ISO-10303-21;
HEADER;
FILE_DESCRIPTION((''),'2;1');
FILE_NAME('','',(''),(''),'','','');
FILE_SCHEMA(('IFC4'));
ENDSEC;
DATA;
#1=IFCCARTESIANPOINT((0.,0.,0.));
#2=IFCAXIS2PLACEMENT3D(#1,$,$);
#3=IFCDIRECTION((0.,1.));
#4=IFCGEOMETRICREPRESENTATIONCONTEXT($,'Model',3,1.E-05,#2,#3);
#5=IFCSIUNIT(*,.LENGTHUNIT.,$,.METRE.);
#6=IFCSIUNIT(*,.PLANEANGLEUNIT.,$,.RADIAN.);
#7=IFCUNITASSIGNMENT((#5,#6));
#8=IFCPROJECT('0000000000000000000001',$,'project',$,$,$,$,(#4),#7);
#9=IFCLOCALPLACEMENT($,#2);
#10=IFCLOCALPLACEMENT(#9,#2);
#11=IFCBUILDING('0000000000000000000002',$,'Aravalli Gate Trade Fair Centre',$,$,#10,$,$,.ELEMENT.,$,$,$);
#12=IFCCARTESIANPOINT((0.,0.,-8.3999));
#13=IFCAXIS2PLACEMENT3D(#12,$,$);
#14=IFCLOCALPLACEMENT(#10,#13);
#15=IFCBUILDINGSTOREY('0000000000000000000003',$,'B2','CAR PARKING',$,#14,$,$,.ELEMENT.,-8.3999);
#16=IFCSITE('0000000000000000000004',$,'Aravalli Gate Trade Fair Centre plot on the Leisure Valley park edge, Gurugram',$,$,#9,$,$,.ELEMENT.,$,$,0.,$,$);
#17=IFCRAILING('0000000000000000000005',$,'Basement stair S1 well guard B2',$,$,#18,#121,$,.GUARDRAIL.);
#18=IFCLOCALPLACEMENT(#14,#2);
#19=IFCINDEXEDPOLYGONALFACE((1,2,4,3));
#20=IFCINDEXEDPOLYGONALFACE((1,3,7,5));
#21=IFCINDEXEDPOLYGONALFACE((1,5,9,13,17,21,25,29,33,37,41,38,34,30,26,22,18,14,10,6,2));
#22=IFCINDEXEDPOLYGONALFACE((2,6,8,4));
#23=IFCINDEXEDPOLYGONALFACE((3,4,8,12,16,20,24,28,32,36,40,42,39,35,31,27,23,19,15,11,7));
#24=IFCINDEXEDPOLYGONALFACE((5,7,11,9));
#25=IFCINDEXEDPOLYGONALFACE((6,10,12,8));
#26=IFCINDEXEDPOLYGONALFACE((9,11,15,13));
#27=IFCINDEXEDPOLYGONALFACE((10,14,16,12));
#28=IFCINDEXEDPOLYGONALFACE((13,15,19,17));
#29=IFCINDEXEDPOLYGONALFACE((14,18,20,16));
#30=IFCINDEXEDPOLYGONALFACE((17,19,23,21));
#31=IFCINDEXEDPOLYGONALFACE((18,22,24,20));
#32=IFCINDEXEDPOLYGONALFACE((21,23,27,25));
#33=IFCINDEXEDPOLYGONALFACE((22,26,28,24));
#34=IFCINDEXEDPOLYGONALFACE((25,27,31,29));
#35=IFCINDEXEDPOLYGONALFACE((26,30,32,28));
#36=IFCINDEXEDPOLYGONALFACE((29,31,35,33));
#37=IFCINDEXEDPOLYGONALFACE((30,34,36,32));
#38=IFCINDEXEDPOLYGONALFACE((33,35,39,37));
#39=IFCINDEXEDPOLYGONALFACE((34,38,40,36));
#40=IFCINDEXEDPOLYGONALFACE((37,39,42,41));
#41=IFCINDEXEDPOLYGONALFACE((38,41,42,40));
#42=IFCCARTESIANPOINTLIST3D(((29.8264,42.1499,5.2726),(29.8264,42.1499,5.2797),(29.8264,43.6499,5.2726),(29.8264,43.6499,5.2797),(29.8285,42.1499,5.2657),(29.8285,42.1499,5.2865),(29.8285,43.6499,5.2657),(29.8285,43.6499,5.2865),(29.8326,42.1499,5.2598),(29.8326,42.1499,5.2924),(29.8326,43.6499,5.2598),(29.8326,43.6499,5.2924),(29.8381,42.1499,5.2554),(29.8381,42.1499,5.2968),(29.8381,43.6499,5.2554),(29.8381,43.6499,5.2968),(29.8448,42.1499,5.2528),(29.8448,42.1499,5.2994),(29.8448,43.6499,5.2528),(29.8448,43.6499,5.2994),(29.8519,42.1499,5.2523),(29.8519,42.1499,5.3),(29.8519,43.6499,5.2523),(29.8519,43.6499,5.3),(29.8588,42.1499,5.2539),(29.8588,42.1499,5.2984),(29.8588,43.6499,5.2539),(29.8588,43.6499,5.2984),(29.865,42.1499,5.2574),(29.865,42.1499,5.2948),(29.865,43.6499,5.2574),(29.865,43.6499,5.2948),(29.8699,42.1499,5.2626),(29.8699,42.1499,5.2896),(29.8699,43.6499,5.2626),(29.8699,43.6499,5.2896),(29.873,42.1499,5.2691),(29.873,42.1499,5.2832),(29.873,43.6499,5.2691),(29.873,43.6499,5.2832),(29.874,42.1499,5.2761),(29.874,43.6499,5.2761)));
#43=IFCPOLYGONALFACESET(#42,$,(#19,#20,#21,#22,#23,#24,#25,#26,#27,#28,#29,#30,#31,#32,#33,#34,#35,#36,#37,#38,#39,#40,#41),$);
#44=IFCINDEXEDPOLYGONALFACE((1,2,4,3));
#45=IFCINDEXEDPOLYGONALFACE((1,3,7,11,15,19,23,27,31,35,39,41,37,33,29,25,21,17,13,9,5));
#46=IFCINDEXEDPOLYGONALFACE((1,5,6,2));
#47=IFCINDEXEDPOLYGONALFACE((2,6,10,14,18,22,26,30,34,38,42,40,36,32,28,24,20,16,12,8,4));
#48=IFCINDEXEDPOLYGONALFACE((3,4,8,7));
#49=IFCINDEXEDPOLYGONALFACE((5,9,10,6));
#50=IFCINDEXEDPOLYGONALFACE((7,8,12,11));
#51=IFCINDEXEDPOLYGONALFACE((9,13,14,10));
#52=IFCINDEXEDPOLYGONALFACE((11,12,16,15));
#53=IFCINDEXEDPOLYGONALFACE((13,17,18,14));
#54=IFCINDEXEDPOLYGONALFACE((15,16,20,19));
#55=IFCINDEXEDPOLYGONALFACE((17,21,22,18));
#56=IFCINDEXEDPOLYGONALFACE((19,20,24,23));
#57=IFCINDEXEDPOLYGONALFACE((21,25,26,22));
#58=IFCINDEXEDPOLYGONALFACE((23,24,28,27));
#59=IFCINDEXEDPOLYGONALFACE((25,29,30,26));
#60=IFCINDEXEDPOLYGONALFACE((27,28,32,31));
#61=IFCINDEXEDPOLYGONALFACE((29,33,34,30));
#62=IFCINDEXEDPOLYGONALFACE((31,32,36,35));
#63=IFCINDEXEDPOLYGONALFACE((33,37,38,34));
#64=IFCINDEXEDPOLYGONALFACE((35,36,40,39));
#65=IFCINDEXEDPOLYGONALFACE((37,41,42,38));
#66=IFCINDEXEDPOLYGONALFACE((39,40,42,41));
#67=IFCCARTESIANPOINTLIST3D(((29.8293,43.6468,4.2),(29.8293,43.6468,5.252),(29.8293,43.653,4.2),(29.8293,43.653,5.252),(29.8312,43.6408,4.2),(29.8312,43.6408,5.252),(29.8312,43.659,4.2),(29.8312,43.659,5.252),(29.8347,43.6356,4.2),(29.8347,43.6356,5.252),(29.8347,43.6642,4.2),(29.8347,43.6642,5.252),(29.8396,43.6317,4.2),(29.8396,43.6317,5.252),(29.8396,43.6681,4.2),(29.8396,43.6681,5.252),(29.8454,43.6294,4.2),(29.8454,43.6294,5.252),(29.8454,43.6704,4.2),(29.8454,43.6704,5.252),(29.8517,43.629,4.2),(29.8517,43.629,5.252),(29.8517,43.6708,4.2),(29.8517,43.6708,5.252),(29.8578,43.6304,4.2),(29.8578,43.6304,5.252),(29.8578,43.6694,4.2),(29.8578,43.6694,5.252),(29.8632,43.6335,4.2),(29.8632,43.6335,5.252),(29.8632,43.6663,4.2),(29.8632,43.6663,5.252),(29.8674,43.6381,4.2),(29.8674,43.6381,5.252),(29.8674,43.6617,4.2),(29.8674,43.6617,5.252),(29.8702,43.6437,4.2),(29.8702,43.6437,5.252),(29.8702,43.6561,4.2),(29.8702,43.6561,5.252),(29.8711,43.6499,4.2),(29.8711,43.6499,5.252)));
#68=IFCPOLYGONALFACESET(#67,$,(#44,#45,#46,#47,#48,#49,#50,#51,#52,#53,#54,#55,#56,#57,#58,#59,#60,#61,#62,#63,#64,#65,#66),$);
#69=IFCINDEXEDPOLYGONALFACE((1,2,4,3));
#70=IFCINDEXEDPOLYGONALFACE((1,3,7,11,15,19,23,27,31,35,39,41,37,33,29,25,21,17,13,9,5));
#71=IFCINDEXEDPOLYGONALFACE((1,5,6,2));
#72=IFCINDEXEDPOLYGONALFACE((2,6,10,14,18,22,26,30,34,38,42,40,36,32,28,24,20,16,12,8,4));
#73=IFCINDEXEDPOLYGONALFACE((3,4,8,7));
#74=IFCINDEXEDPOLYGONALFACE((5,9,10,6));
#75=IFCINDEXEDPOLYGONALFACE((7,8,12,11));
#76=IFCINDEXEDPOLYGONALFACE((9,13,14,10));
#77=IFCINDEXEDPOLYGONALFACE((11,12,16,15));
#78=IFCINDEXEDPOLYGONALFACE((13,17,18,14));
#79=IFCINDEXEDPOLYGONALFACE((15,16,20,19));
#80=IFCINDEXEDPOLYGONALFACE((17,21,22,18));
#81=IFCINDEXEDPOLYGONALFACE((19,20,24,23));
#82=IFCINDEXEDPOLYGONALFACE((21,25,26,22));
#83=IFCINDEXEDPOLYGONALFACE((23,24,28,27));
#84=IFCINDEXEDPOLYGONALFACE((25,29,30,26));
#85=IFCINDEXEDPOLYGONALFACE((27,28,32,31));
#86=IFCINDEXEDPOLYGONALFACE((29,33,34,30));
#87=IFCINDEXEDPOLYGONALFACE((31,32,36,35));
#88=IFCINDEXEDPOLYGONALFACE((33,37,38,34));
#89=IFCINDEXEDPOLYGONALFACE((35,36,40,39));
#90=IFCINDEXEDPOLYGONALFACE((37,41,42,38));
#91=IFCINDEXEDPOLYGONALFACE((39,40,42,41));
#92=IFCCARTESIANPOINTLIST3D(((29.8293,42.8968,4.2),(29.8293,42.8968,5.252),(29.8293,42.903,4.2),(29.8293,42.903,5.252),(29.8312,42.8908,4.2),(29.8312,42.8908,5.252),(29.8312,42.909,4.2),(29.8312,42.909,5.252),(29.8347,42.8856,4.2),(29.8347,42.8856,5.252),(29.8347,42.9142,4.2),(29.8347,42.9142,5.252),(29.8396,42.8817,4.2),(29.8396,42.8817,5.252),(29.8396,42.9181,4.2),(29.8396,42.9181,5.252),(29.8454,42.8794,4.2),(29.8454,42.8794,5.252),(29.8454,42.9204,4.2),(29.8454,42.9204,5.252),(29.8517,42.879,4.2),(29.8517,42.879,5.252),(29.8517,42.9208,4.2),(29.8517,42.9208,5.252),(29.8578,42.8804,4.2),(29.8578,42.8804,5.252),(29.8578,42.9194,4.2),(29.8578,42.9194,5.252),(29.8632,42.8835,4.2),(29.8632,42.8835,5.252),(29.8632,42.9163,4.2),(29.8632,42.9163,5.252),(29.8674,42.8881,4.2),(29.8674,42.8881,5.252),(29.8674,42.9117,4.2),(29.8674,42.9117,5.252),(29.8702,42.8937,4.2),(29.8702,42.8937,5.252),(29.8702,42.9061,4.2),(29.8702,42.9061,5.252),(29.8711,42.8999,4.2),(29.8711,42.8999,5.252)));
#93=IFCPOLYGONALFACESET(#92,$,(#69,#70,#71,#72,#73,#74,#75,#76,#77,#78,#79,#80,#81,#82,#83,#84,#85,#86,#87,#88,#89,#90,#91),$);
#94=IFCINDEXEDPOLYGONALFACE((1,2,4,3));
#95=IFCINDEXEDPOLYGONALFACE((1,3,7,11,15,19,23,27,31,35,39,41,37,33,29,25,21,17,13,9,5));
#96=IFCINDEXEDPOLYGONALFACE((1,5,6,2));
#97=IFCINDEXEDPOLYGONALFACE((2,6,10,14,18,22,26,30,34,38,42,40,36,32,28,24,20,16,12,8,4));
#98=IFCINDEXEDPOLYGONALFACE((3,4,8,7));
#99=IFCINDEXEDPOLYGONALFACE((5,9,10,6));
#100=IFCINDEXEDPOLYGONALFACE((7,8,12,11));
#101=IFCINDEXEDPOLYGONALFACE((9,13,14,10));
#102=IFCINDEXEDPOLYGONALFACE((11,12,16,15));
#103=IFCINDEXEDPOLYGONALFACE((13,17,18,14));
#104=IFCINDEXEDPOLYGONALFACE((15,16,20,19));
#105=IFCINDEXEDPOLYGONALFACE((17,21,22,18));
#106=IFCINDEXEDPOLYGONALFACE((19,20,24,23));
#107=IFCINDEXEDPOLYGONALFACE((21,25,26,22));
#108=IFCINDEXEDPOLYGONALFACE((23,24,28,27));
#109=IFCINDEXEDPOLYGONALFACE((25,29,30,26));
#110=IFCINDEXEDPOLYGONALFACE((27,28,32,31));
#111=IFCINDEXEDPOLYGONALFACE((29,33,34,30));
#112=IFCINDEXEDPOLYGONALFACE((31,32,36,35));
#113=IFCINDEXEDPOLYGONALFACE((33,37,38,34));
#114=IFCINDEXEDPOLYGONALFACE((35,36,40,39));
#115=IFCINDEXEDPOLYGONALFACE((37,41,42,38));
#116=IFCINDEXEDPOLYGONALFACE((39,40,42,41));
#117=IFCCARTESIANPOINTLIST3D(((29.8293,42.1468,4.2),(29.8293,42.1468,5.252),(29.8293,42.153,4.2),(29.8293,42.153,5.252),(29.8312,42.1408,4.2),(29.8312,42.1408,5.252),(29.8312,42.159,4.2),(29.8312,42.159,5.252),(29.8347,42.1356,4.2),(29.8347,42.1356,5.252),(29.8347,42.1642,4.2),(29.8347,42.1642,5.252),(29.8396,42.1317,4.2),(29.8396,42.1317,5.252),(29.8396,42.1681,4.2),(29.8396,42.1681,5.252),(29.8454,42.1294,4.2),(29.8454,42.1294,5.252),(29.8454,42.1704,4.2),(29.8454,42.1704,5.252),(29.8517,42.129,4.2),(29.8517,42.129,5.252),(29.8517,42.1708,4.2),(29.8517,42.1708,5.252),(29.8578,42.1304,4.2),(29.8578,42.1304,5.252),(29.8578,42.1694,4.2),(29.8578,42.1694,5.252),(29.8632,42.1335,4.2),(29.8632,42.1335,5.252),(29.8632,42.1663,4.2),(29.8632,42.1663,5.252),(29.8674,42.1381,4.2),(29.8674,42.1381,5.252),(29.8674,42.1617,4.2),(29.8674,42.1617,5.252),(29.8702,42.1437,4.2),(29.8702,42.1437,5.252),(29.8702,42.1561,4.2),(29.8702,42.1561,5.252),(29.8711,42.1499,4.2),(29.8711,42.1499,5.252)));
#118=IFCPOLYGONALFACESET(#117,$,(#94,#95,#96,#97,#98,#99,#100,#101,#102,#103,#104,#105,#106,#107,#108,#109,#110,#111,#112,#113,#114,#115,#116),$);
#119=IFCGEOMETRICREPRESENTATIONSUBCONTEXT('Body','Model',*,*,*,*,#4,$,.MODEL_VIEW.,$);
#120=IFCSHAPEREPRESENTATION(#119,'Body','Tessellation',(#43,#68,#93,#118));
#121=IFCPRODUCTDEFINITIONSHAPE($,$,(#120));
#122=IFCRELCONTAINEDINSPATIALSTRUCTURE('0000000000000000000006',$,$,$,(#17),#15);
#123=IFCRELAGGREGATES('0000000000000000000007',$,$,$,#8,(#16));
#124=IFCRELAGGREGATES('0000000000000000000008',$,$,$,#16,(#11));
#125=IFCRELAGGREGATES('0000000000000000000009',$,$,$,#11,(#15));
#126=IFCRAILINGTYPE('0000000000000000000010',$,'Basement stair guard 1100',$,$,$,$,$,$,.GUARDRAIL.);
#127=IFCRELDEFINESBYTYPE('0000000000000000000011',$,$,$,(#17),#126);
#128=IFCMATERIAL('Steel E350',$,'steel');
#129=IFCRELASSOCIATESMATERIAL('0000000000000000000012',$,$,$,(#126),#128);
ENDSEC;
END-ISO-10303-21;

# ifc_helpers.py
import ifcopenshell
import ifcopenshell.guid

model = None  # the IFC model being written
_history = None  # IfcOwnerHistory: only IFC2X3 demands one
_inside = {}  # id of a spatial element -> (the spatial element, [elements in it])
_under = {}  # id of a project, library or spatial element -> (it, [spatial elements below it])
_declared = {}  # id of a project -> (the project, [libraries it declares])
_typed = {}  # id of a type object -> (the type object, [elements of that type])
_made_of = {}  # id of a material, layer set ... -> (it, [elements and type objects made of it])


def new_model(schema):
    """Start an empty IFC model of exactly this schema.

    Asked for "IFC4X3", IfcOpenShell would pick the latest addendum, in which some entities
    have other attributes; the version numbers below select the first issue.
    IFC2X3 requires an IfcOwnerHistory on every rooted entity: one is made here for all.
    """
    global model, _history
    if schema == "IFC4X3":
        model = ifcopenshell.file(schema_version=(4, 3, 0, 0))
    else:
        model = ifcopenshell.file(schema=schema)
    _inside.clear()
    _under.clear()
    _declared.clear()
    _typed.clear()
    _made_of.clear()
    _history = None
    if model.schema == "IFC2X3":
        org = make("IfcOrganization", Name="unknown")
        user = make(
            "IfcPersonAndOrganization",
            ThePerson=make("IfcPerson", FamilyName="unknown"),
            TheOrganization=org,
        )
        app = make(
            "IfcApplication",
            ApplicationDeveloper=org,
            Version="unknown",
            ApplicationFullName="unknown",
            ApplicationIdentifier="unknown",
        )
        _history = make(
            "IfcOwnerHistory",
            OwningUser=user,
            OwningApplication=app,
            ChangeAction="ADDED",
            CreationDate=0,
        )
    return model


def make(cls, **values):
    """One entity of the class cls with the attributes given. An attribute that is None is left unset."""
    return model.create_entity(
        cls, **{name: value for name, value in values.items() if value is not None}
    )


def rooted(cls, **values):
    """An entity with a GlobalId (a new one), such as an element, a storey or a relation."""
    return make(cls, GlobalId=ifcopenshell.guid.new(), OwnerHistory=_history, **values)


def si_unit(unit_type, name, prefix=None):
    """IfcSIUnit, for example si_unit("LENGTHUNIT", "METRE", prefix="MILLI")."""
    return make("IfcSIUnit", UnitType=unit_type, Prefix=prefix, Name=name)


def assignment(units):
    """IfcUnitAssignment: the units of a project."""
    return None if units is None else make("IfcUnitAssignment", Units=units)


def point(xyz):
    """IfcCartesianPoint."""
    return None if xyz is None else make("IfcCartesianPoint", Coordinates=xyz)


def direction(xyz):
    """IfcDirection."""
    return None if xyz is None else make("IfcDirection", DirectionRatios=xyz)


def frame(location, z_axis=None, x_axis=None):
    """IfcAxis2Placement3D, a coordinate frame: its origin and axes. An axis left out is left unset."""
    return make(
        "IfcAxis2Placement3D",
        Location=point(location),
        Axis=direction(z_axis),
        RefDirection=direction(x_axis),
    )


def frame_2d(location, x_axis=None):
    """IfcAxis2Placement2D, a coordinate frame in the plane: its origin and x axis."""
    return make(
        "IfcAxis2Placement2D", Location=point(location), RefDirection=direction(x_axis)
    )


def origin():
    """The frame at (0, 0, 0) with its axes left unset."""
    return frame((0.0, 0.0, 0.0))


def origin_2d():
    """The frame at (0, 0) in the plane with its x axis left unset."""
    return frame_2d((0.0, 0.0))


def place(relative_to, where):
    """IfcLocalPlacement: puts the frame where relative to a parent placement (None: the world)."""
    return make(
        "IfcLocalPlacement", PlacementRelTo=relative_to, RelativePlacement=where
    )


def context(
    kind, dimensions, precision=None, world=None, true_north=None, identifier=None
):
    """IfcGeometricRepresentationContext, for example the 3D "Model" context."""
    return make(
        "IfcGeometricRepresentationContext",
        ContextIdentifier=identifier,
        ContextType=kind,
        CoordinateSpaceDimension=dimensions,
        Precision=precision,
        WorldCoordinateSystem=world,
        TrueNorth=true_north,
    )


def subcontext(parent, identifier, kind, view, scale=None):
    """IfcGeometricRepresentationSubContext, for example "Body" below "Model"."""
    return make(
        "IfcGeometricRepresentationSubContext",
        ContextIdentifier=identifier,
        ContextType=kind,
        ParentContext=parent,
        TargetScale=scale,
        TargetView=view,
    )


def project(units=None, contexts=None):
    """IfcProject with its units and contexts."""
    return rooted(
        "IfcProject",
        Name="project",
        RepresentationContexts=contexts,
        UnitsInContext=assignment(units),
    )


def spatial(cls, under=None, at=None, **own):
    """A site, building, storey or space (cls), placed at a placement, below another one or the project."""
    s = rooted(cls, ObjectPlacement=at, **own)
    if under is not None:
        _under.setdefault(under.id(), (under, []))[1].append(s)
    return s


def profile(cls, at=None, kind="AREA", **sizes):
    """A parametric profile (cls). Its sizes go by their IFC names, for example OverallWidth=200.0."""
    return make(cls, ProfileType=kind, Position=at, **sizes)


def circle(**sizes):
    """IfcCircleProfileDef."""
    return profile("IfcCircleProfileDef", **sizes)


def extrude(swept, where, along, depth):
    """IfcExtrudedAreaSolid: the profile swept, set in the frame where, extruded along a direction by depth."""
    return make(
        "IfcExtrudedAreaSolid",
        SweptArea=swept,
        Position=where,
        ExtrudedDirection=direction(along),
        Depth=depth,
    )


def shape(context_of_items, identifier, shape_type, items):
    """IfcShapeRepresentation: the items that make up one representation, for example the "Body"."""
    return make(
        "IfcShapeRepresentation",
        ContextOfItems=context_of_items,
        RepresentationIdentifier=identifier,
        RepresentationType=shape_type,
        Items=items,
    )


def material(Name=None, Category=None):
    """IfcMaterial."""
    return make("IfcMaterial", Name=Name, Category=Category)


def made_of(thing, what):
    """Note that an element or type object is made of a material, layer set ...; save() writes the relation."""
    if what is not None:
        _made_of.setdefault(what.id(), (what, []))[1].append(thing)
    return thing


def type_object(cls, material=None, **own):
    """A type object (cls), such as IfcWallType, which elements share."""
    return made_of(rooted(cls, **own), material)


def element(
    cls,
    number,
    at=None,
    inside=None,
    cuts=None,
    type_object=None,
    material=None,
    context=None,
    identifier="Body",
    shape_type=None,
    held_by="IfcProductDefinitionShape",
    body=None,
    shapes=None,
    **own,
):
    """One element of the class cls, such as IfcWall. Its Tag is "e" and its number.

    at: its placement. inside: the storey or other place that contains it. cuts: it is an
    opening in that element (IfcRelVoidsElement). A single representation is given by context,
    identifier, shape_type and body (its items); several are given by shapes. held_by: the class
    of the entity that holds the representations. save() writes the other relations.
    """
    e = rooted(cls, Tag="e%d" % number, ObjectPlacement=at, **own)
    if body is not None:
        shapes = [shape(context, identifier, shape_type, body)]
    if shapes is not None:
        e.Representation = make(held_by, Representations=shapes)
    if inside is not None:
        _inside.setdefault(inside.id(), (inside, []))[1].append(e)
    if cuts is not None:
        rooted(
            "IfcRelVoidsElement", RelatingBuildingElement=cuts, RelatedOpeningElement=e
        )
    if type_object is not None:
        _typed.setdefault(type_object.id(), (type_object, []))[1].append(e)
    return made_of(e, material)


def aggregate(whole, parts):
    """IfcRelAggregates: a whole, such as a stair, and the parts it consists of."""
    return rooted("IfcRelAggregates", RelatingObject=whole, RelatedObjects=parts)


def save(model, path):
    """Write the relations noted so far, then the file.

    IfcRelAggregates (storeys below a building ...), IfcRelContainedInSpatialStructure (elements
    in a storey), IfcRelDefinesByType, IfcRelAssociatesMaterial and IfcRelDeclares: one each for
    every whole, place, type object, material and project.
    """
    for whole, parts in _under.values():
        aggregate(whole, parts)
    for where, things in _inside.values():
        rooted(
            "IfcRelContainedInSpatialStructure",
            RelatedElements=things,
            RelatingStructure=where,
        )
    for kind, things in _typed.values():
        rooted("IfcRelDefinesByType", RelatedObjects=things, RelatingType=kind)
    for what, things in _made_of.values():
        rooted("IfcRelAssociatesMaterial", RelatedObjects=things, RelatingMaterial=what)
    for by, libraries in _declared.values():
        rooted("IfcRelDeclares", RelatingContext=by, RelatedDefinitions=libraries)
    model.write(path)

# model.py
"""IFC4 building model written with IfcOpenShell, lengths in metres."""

from ifc_helpers import new_model, si_unit, direction, frame, origin, origin_2d, place, context, subcontext, project, spatial, circle, extrude, material, type_object, element, save


model = new_model("IFC4")

# Units and contexts
model_context = context("Model", 3, precision=1e-05, world=origin(), true_north=direction((0.0, 1.0)))
body_context = subcontext(model_context, "Body", "Model", "MODEL_VIEW")
ifc_project = project(units=[si_unit("LENGTHUNIT", "METRE"), si_unit("PLANEANGLEUNIT", "RADIAN")], contexts=[model_context])

# Site, building, storey
site_placement = place(None, origin())
site = spatial("IfcSite", under=ifc_project, at=site_placement, Name="Aravalli Gate Trade Fair Centre plot on the Leisure Valley park edge, Gurugram", CompositionType="ELEMENT", RefElevation=0.0)
building_placement = place(site_placement, origin())
building = spatial("IfcBuilding", under=site, at=building_placement, Name="Aravalli Gate Trade Fair Centre", CompositionType="ELEMENT")
storey_placement = place(building_placement, frame((0.0, 0.0, -8.3999)))
storey = spatial("IfcBuildingStorey", under=building, at=storey_placement, Name="B2", Description="CAR PARKING", CompositionType="ELEMENT", Elevation=-8.3999)

# Railing
ifc_material_1 = material(Name="Steel E350", Category="steel")
railing_type_1 = type_object("IfcRailingType", Name="Basement stair guard 1100", PredefinedType="GUARDRAIL", material=ifc_material_1)
railing_1_placement = place(storey_placement, frame((29.8501, 43.6499, 4.2)))
element("IfcRailing", 1, at=railing_1_placement, inside=storey, type_object=railing_type_1, Name="Basement stair S1 well guard B2", PredefinedType="GUARDRAIL", context=body_context, shape_type="SweptSolid", body=[
    extrude(circle(Radius=0.0239, at=origin_2d()), frame((0.0, 0.0, 1.0762), z_axis=(0.0, -1.0, 0.0), x_axis=(1.0, 0.0, 0.0)), (0.0, 0.0, 1.0), 1.5),
    extrude(circle(Radius=0.021, at=origin_2d()), origin(), (0.0, 0.0, 1.0), 1.052),
    extrude(circle(Radius=0.021, at=origin_2d()), frame((0.0, -0.75, 0.0)), (0.0, 0.0, 1.0), 1.052),
    extrude(circle(Radius=0.021, at=origin_2d()), frame((0.0, -1.5, 0.0)), (0.0, 0.0, 1.0), 1.052),
])

save(model, "model.ifc")
